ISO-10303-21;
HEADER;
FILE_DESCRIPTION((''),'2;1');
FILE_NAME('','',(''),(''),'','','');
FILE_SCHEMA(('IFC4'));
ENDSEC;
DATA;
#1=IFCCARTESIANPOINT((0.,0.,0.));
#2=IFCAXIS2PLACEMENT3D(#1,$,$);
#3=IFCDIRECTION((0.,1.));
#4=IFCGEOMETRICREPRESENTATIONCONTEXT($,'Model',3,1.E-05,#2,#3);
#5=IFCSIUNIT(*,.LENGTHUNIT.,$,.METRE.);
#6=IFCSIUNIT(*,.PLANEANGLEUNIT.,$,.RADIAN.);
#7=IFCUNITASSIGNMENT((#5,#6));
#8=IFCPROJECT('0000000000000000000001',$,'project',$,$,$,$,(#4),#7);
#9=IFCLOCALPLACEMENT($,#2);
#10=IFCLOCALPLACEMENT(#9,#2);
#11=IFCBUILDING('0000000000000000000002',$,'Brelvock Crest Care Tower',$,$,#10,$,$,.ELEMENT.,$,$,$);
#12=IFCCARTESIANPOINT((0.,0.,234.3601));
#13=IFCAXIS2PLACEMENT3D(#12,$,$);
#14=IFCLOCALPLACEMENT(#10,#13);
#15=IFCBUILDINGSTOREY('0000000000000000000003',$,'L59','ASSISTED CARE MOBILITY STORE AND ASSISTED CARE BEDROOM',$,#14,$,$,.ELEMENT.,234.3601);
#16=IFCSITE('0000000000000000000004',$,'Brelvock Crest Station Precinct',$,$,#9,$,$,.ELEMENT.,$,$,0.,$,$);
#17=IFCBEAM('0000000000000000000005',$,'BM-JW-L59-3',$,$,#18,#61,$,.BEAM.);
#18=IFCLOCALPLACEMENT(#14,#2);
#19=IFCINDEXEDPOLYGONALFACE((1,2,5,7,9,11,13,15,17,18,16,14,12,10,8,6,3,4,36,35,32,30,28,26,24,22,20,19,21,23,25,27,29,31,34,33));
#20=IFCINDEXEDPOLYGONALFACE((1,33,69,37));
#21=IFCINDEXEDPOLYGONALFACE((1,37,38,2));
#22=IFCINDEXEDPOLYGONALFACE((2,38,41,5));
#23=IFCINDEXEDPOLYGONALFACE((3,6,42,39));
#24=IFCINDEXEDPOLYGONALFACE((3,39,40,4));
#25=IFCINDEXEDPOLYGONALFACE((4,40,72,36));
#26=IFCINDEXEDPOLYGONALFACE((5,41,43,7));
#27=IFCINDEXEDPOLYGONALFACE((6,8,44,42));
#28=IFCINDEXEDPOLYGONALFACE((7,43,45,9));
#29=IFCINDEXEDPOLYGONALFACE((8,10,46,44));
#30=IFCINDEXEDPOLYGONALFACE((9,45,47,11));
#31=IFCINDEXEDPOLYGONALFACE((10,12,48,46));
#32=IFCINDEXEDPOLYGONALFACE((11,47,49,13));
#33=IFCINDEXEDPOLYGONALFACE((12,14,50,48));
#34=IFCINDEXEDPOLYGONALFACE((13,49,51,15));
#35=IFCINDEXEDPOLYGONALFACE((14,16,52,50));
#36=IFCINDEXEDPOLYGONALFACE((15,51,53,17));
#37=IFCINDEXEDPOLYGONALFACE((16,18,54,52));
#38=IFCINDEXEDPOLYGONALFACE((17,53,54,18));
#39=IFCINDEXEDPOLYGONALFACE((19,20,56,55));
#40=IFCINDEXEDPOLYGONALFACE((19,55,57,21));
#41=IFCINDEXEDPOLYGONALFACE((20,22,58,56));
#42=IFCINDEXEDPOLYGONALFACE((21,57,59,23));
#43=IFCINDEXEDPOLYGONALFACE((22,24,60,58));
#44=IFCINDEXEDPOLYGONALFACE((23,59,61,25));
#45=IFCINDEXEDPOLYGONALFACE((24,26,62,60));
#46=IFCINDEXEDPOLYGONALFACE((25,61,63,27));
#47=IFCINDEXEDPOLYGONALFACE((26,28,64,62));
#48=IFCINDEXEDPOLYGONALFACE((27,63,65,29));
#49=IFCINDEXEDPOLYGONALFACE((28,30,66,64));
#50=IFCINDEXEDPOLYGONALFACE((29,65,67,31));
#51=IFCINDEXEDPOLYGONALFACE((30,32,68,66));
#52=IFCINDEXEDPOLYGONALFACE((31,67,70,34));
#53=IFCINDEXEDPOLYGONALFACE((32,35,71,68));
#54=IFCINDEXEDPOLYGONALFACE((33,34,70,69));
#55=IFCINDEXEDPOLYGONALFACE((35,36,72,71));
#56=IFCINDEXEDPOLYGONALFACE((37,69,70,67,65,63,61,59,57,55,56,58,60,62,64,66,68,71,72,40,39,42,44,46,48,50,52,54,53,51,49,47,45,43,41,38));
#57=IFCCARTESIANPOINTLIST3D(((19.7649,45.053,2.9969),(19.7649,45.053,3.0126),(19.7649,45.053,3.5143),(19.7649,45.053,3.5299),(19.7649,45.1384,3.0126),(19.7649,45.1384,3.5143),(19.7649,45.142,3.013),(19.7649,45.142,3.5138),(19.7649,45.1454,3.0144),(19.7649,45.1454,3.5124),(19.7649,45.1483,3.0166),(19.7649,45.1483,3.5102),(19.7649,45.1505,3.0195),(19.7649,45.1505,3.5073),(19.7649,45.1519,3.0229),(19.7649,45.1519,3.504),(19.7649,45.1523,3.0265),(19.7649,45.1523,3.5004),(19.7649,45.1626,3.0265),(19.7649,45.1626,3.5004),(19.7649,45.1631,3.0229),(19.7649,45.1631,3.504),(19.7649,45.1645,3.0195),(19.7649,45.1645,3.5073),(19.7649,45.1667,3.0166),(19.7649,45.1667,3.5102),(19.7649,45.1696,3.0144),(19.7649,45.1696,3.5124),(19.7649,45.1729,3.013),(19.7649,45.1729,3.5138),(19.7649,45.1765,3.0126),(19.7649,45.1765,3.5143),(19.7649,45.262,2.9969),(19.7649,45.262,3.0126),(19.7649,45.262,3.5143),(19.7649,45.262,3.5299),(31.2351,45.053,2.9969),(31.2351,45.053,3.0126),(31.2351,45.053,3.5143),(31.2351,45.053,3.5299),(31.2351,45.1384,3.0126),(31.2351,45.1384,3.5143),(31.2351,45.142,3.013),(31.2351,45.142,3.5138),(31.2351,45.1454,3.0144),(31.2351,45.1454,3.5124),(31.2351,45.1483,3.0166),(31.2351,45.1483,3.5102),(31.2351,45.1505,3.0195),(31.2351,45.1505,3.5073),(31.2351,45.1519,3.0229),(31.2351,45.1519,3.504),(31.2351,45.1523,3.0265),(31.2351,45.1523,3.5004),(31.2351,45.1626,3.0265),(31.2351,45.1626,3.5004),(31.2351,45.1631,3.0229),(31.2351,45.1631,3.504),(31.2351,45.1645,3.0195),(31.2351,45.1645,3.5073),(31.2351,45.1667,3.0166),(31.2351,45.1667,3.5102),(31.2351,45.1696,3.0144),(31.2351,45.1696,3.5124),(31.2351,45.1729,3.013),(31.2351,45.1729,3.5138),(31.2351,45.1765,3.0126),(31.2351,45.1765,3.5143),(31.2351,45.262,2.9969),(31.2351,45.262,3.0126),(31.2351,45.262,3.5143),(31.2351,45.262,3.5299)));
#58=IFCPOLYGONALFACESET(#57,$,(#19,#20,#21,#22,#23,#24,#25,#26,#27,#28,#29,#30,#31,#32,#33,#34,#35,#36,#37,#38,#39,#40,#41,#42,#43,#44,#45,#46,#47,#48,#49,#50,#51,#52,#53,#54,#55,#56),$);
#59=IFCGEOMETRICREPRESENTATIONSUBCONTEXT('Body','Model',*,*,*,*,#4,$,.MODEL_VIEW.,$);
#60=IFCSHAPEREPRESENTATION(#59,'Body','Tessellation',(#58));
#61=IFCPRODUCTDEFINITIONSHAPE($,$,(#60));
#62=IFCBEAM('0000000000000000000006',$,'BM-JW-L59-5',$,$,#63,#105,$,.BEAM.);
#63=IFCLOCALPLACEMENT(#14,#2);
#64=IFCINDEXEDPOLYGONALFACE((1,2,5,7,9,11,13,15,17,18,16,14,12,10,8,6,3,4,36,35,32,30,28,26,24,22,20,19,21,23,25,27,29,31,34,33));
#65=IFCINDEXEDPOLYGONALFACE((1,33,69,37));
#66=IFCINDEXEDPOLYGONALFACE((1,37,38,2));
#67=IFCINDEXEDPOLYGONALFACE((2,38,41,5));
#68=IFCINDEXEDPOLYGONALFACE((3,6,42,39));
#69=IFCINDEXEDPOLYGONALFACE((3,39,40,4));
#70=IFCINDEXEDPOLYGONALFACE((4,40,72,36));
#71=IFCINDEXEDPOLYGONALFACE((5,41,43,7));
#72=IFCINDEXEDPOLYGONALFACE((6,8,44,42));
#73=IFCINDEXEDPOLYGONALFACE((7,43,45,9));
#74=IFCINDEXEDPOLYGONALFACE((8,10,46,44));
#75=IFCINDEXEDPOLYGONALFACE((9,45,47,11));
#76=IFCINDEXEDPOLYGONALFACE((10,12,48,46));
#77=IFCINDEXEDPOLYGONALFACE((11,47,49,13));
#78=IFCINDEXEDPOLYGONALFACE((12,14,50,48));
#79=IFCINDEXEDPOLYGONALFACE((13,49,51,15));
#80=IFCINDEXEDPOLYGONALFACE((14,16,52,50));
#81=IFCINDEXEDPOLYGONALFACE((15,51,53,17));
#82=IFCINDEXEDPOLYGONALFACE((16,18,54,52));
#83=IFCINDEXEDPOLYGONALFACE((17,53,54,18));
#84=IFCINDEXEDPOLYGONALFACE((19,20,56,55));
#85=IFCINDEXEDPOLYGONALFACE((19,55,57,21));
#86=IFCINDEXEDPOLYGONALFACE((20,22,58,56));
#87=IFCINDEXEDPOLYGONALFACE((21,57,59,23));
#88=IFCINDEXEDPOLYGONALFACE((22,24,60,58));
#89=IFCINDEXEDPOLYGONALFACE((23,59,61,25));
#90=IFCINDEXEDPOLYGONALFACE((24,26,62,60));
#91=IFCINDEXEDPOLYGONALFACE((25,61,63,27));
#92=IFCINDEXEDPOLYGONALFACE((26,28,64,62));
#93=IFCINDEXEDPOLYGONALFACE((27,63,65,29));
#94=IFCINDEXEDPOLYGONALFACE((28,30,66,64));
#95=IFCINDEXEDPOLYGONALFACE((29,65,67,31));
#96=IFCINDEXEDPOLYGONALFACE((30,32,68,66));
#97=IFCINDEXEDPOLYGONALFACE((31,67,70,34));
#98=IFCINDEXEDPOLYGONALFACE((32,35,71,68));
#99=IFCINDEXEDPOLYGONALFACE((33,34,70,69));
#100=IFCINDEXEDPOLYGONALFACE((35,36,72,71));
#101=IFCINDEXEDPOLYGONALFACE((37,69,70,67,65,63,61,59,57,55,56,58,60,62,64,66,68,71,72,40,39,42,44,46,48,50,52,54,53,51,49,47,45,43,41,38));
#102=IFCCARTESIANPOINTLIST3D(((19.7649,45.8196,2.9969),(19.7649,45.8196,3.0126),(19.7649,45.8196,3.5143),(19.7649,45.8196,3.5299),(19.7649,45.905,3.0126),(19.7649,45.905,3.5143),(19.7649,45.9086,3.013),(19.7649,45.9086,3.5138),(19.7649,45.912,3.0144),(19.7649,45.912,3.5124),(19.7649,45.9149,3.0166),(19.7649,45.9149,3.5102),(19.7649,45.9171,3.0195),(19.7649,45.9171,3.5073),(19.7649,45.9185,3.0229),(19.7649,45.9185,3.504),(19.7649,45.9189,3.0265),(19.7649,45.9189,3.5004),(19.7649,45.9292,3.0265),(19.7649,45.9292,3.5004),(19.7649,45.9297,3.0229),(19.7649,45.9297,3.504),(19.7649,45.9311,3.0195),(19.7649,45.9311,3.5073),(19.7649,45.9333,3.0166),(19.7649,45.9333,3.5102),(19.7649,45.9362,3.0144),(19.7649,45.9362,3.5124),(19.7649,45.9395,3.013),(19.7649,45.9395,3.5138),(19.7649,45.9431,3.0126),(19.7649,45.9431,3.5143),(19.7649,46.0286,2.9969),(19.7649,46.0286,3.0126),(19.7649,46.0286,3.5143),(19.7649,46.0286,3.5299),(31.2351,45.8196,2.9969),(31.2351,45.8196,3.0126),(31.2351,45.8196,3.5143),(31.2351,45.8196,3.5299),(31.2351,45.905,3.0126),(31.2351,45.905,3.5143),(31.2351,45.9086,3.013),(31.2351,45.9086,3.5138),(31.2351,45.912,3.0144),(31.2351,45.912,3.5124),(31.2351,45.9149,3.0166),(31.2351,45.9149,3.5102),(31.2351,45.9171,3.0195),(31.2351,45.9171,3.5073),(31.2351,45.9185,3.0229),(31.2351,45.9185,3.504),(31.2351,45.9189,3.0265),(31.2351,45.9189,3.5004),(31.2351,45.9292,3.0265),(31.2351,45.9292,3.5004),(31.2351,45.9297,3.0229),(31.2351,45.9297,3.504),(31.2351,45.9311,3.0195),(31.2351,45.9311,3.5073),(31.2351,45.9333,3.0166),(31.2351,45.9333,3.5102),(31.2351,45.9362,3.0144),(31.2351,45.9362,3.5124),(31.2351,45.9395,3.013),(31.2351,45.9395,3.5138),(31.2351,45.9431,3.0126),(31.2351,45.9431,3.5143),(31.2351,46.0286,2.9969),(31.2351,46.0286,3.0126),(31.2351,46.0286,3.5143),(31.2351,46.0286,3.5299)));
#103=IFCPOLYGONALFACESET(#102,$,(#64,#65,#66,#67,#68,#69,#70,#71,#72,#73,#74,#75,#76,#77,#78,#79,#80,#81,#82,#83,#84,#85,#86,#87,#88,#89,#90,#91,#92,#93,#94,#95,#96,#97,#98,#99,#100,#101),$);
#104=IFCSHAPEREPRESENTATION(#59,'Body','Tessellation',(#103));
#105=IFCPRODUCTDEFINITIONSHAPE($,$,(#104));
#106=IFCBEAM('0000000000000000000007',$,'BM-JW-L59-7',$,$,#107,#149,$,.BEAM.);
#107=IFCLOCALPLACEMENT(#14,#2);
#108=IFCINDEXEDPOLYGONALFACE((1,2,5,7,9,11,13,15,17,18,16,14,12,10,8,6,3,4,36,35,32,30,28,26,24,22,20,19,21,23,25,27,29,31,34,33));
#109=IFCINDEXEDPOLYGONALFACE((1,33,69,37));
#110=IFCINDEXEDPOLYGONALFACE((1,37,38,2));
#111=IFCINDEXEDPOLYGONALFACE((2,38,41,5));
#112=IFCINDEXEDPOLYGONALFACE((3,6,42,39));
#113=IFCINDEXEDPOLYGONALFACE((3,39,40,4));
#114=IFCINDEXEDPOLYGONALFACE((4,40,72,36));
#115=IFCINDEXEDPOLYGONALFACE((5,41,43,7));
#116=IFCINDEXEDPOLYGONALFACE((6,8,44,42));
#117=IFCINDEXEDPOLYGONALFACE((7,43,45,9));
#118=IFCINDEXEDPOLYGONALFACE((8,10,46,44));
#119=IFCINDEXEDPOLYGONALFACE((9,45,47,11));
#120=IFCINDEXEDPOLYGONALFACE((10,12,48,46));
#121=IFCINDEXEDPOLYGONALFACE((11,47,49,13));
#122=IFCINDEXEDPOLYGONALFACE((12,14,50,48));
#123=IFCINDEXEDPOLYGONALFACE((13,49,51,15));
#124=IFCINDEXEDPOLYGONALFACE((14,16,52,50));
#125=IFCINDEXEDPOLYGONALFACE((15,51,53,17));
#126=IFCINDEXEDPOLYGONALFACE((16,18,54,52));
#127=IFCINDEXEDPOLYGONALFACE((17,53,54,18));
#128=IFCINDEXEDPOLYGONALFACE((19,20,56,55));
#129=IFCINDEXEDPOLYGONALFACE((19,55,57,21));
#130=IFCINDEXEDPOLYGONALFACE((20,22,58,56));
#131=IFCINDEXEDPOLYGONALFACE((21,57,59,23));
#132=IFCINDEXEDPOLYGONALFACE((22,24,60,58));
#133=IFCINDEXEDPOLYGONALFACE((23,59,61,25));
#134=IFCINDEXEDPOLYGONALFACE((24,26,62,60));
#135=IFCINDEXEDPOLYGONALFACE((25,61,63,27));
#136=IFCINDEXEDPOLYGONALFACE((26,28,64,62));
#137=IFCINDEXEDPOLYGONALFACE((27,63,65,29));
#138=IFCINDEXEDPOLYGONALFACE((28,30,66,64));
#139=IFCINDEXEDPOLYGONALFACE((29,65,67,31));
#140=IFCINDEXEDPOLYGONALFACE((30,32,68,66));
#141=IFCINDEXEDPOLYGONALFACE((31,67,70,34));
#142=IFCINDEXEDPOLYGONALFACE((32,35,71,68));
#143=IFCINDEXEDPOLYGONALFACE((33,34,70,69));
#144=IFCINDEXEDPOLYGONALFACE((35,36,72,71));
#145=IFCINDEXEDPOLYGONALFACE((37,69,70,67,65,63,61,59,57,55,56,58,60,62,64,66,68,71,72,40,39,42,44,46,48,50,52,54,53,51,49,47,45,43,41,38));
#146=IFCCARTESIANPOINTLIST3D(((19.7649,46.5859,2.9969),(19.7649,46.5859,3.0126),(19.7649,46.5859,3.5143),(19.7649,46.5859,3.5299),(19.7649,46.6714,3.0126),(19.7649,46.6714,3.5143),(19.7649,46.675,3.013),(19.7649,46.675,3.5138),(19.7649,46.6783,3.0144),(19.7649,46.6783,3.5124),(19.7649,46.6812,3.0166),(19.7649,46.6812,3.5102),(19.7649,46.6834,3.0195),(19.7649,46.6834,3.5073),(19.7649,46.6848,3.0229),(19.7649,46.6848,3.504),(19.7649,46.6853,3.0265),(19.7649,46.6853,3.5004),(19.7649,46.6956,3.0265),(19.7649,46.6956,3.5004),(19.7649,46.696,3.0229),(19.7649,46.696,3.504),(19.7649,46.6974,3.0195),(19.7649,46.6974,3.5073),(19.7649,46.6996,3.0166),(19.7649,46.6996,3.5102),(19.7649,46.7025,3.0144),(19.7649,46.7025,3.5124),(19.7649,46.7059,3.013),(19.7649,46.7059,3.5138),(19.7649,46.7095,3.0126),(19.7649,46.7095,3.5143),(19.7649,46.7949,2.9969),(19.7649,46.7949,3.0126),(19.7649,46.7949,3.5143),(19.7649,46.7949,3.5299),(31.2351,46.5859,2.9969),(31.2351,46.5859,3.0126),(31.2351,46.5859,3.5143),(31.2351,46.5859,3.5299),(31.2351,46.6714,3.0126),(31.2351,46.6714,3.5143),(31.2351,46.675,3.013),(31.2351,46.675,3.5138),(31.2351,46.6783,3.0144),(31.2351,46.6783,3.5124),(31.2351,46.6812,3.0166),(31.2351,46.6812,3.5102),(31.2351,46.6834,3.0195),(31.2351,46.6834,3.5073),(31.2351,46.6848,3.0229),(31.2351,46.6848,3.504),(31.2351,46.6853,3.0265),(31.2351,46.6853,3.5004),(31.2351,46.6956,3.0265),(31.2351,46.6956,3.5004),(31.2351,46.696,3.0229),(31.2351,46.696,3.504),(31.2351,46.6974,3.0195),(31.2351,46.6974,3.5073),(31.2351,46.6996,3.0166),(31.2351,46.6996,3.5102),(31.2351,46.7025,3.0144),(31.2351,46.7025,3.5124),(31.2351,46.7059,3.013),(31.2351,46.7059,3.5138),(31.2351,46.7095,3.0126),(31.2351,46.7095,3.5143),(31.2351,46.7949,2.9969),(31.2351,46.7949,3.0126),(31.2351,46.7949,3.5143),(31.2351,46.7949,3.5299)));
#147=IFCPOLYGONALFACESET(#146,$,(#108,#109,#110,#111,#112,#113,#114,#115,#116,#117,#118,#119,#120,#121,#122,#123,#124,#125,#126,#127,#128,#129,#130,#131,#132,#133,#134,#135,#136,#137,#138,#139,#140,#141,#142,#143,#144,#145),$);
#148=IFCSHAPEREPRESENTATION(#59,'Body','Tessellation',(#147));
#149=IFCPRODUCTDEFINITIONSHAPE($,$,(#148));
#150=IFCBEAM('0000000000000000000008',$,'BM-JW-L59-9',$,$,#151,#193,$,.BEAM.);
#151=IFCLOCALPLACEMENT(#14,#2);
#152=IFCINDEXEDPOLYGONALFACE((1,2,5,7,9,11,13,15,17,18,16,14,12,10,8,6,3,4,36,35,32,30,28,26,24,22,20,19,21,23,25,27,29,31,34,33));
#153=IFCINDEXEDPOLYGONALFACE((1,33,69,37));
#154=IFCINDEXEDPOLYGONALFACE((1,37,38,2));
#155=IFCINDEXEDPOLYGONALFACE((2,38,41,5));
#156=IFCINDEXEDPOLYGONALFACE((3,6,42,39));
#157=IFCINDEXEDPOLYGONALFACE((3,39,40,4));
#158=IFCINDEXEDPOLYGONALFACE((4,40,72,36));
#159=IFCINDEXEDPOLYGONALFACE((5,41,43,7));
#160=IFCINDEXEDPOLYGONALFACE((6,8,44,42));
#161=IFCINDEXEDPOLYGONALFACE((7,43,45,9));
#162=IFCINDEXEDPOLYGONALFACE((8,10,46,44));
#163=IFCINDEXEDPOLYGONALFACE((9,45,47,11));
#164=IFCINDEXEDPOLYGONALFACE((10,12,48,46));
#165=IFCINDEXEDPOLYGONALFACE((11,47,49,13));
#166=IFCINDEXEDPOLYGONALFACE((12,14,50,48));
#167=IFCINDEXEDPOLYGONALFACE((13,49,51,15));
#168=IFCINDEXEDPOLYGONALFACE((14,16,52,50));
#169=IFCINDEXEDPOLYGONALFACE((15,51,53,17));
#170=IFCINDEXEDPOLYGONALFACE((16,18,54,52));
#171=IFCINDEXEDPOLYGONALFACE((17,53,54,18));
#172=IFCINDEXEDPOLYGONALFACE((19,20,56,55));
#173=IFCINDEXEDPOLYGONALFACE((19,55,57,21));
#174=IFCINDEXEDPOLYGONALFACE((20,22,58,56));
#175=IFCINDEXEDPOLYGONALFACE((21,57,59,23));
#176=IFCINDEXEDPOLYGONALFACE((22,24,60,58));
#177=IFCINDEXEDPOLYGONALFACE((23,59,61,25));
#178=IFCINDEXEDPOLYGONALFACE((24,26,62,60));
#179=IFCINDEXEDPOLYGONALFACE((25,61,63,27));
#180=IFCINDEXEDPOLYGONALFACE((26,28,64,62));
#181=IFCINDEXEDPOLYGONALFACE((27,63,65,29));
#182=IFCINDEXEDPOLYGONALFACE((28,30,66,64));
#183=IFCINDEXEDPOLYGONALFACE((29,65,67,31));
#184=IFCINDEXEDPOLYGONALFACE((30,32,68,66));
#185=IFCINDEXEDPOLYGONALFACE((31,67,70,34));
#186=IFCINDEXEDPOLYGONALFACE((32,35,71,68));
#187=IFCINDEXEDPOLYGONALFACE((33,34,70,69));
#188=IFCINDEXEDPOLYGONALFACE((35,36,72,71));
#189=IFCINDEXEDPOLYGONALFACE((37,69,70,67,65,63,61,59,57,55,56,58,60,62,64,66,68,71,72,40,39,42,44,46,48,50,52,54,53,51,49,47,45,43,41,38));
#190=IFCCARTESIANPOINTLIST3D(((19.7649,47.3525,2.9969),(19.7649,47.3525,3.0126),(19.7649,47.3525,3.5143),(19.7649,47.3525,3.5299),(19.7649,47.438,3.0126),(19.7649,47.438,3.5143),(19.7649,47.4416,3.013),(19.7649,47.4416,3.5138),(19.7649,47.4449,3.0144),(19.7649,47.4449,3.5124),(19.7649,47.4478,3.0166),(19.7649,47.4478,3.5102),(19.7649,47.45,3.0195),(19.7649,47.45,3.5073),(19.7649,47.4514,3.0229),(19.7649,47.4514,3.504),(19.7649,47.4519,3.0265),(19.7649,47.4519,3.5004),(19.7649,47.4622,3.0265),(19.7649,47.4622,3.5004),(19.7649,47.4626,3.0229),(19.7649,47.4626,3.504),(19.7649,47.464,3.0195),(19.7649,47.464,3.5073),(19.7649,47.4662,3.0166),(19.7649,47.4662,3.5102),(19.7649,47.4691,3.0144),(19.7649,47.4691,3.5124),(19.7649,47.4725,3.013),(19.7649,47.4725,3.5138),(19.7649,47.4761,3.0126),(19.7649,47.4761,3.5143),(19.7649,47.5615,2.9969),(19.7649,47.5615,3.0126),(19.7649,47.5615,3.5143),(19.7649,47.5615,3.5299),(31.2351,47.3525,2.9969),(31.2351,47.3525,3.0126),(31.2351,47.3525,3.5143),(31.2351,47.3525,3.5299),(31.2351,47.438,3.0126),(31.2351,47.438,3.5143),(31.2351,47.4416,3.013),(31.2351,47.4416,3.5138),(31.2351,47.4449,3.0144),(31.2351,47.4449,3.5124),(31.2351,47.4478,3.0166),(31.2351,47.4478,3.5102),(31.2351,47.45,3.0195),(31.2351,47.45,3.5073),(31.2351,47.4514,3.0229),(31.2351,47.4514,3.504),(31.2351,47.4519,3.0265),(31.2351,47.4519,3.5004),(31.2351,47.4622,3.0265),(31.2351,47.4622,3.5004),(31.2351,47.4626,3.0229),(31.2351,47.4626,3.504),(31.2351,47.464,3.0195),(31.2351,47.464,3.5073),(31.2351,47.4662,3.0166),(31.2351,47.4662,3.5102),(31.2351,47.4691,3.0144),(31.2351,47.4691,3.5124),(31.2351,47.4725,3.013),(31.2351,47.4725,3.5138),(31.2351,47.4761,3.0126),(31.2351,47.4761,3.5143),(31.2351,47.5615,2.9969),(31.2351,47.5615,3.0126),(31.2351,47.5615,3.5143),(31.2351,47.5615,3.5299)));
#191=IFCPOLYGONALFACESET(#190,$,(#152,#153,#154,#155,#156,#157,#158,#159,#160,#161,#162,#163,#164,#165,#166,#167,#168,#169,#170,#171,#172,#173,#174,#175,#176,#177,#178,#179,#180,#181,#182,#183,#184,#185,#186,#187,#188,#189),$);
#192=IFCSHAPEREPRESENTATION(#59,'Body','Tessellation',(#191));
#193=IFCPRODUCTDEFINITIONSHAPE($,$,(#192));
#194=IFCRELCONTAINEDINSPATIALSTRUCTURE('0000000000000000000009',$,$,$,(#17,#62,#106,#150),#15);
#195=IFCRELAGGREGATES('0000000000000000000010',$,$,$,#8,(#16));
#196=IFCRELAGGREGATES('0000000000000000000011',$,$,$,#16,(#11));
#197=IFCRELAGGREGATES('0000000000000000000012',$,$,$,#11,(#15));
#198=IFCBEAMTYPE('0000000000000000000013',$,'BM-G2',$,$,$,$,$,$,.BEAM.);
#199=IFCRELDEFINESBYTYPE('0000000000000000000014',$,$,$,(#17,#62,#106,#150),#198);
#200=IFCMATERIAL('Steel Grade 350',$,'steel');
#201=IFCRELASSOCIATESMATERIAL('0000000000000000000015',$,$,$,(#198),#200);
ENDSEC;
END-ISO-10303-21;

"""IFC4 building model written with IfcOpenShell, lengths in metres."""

from ifc_helpers import new_model, si_unit, direction, frame, origin, origin_2d, place, context, subcontext, project, spatial, i_section, extrude, source, transform, mapped, material, material_profile, profile_set, type_object, element, save


model = new_model("IFC4")

# Units and contexts
model_context = context("Model", 3, precision=1e-05, world=origin(), true_north=direction((0.0, 1.0)))
body_context = subcontext(model_context, "Body", "Model", "MODEL_VIEW")
ifc_project = project(units=[si_unit("LENGTHUNIT", "METRE"), si_unit("PLANEANGLEUNIT", "RADIAN")], contexts=[model_context])

# Site, building, storey
site_placement = place(None, origin())
site = spatial("IfcSite", under=ifc_project, at=site_placement, Name="Brelvock Crest Station Precinct", CompositionType="ELEMENT", RefElevation=0.0)
building_placement = place(site_placement, origin())
building = spatial("IfcBuilding", under=site, at=building_placement, Name="Brelvock Crest Care Tower", CompositionType="ELEMENT")
storey_placement = place(building_placement, frame((0.0, 0.0, 234.3601)))
storey = spatial("IfcBuildingStorey", under=building, at=storey_placement, Name="L59", Description="ASSISTED CARE MOBILITY STORE AND ASSISTED CARE BEDROOM", CompositionType="ELEMENT", Elevation=234.3601)

# Beams
ifc_material_1 = material(Name="Steel Grade 350", Category="steel")
ifc_material_profile_1 = material_profile(ifc_material_1, i_section(OverallWidth=0.209, OverallDepth=0.533, WebThickness=0.0103, FlangeThickness=0.0156, FilletRadius=0.0139, at=origin_2d()), Name="530UB92.4")
ifc_profile_set_1 = profile_set([ifc_material_profile_1], Name="Steel Grade 350")
beam_type_1 = type_object("IfcBeamType", Name="BM-G2", PredefinedType="BEAM", material=ifc_profile_set_1)
shared_shape_1 = source(origin(), body_context, "Body", "SweptSolid", [
    extrude(i_section(OverallWidth=0.209, OverallDepth=0.533, WebThickness=0.0103, FlangeThickness=0.0156, FilletRadius=0.0139, at=origin_2d()), origin(), (0.0, 0.0, 1.0), 11.4702),
])
for number, where, z_axis, x_axis, name in (
    (1, (19.7649, 45.1575, 3.2634), (1.0, 0.0, 0.0), (0.0, 1.0, 0.0), "BM-JW-L59-3"),
    (2, (19.7649, 45.9241, 3.2634), (1.0, 0.0, 0.0), (0.0, 1.0, 0.0), "BM-JW-L59-5"),
    (3, (19.7649, 46.6904, 3.2634), (1.0, 0.0, 0.0), (0.0, 1.0, 0.0), "BM-JW-L59-7"),
    (4, (19.7649, 47.457, 3.2634), (1.0, 0.0, 0.0), (0.0, 1.0, 0.0), "BM-JW-L59-9"),
):
    element("IfcBeam", number, at=place(storey_placement, frame(where, z_axis=z_axis, x_axis=x_axis)), inside=storey, type_object=beam_type_1, Name=name, PredefinedType="BEAM", context=body_context, shape_type="MappedRepresentation", body=[
        mapped(shared_shape_1, transform((0.0, 0.0, 0.0), x_axis=(1.0, 0.0, 0.0), y_axis=(0.0, 1.0, 0.0), z_axis=(0.0, 0.0, 1.0), scale=1.0)),
    ])

save(model, "model.ifc")
